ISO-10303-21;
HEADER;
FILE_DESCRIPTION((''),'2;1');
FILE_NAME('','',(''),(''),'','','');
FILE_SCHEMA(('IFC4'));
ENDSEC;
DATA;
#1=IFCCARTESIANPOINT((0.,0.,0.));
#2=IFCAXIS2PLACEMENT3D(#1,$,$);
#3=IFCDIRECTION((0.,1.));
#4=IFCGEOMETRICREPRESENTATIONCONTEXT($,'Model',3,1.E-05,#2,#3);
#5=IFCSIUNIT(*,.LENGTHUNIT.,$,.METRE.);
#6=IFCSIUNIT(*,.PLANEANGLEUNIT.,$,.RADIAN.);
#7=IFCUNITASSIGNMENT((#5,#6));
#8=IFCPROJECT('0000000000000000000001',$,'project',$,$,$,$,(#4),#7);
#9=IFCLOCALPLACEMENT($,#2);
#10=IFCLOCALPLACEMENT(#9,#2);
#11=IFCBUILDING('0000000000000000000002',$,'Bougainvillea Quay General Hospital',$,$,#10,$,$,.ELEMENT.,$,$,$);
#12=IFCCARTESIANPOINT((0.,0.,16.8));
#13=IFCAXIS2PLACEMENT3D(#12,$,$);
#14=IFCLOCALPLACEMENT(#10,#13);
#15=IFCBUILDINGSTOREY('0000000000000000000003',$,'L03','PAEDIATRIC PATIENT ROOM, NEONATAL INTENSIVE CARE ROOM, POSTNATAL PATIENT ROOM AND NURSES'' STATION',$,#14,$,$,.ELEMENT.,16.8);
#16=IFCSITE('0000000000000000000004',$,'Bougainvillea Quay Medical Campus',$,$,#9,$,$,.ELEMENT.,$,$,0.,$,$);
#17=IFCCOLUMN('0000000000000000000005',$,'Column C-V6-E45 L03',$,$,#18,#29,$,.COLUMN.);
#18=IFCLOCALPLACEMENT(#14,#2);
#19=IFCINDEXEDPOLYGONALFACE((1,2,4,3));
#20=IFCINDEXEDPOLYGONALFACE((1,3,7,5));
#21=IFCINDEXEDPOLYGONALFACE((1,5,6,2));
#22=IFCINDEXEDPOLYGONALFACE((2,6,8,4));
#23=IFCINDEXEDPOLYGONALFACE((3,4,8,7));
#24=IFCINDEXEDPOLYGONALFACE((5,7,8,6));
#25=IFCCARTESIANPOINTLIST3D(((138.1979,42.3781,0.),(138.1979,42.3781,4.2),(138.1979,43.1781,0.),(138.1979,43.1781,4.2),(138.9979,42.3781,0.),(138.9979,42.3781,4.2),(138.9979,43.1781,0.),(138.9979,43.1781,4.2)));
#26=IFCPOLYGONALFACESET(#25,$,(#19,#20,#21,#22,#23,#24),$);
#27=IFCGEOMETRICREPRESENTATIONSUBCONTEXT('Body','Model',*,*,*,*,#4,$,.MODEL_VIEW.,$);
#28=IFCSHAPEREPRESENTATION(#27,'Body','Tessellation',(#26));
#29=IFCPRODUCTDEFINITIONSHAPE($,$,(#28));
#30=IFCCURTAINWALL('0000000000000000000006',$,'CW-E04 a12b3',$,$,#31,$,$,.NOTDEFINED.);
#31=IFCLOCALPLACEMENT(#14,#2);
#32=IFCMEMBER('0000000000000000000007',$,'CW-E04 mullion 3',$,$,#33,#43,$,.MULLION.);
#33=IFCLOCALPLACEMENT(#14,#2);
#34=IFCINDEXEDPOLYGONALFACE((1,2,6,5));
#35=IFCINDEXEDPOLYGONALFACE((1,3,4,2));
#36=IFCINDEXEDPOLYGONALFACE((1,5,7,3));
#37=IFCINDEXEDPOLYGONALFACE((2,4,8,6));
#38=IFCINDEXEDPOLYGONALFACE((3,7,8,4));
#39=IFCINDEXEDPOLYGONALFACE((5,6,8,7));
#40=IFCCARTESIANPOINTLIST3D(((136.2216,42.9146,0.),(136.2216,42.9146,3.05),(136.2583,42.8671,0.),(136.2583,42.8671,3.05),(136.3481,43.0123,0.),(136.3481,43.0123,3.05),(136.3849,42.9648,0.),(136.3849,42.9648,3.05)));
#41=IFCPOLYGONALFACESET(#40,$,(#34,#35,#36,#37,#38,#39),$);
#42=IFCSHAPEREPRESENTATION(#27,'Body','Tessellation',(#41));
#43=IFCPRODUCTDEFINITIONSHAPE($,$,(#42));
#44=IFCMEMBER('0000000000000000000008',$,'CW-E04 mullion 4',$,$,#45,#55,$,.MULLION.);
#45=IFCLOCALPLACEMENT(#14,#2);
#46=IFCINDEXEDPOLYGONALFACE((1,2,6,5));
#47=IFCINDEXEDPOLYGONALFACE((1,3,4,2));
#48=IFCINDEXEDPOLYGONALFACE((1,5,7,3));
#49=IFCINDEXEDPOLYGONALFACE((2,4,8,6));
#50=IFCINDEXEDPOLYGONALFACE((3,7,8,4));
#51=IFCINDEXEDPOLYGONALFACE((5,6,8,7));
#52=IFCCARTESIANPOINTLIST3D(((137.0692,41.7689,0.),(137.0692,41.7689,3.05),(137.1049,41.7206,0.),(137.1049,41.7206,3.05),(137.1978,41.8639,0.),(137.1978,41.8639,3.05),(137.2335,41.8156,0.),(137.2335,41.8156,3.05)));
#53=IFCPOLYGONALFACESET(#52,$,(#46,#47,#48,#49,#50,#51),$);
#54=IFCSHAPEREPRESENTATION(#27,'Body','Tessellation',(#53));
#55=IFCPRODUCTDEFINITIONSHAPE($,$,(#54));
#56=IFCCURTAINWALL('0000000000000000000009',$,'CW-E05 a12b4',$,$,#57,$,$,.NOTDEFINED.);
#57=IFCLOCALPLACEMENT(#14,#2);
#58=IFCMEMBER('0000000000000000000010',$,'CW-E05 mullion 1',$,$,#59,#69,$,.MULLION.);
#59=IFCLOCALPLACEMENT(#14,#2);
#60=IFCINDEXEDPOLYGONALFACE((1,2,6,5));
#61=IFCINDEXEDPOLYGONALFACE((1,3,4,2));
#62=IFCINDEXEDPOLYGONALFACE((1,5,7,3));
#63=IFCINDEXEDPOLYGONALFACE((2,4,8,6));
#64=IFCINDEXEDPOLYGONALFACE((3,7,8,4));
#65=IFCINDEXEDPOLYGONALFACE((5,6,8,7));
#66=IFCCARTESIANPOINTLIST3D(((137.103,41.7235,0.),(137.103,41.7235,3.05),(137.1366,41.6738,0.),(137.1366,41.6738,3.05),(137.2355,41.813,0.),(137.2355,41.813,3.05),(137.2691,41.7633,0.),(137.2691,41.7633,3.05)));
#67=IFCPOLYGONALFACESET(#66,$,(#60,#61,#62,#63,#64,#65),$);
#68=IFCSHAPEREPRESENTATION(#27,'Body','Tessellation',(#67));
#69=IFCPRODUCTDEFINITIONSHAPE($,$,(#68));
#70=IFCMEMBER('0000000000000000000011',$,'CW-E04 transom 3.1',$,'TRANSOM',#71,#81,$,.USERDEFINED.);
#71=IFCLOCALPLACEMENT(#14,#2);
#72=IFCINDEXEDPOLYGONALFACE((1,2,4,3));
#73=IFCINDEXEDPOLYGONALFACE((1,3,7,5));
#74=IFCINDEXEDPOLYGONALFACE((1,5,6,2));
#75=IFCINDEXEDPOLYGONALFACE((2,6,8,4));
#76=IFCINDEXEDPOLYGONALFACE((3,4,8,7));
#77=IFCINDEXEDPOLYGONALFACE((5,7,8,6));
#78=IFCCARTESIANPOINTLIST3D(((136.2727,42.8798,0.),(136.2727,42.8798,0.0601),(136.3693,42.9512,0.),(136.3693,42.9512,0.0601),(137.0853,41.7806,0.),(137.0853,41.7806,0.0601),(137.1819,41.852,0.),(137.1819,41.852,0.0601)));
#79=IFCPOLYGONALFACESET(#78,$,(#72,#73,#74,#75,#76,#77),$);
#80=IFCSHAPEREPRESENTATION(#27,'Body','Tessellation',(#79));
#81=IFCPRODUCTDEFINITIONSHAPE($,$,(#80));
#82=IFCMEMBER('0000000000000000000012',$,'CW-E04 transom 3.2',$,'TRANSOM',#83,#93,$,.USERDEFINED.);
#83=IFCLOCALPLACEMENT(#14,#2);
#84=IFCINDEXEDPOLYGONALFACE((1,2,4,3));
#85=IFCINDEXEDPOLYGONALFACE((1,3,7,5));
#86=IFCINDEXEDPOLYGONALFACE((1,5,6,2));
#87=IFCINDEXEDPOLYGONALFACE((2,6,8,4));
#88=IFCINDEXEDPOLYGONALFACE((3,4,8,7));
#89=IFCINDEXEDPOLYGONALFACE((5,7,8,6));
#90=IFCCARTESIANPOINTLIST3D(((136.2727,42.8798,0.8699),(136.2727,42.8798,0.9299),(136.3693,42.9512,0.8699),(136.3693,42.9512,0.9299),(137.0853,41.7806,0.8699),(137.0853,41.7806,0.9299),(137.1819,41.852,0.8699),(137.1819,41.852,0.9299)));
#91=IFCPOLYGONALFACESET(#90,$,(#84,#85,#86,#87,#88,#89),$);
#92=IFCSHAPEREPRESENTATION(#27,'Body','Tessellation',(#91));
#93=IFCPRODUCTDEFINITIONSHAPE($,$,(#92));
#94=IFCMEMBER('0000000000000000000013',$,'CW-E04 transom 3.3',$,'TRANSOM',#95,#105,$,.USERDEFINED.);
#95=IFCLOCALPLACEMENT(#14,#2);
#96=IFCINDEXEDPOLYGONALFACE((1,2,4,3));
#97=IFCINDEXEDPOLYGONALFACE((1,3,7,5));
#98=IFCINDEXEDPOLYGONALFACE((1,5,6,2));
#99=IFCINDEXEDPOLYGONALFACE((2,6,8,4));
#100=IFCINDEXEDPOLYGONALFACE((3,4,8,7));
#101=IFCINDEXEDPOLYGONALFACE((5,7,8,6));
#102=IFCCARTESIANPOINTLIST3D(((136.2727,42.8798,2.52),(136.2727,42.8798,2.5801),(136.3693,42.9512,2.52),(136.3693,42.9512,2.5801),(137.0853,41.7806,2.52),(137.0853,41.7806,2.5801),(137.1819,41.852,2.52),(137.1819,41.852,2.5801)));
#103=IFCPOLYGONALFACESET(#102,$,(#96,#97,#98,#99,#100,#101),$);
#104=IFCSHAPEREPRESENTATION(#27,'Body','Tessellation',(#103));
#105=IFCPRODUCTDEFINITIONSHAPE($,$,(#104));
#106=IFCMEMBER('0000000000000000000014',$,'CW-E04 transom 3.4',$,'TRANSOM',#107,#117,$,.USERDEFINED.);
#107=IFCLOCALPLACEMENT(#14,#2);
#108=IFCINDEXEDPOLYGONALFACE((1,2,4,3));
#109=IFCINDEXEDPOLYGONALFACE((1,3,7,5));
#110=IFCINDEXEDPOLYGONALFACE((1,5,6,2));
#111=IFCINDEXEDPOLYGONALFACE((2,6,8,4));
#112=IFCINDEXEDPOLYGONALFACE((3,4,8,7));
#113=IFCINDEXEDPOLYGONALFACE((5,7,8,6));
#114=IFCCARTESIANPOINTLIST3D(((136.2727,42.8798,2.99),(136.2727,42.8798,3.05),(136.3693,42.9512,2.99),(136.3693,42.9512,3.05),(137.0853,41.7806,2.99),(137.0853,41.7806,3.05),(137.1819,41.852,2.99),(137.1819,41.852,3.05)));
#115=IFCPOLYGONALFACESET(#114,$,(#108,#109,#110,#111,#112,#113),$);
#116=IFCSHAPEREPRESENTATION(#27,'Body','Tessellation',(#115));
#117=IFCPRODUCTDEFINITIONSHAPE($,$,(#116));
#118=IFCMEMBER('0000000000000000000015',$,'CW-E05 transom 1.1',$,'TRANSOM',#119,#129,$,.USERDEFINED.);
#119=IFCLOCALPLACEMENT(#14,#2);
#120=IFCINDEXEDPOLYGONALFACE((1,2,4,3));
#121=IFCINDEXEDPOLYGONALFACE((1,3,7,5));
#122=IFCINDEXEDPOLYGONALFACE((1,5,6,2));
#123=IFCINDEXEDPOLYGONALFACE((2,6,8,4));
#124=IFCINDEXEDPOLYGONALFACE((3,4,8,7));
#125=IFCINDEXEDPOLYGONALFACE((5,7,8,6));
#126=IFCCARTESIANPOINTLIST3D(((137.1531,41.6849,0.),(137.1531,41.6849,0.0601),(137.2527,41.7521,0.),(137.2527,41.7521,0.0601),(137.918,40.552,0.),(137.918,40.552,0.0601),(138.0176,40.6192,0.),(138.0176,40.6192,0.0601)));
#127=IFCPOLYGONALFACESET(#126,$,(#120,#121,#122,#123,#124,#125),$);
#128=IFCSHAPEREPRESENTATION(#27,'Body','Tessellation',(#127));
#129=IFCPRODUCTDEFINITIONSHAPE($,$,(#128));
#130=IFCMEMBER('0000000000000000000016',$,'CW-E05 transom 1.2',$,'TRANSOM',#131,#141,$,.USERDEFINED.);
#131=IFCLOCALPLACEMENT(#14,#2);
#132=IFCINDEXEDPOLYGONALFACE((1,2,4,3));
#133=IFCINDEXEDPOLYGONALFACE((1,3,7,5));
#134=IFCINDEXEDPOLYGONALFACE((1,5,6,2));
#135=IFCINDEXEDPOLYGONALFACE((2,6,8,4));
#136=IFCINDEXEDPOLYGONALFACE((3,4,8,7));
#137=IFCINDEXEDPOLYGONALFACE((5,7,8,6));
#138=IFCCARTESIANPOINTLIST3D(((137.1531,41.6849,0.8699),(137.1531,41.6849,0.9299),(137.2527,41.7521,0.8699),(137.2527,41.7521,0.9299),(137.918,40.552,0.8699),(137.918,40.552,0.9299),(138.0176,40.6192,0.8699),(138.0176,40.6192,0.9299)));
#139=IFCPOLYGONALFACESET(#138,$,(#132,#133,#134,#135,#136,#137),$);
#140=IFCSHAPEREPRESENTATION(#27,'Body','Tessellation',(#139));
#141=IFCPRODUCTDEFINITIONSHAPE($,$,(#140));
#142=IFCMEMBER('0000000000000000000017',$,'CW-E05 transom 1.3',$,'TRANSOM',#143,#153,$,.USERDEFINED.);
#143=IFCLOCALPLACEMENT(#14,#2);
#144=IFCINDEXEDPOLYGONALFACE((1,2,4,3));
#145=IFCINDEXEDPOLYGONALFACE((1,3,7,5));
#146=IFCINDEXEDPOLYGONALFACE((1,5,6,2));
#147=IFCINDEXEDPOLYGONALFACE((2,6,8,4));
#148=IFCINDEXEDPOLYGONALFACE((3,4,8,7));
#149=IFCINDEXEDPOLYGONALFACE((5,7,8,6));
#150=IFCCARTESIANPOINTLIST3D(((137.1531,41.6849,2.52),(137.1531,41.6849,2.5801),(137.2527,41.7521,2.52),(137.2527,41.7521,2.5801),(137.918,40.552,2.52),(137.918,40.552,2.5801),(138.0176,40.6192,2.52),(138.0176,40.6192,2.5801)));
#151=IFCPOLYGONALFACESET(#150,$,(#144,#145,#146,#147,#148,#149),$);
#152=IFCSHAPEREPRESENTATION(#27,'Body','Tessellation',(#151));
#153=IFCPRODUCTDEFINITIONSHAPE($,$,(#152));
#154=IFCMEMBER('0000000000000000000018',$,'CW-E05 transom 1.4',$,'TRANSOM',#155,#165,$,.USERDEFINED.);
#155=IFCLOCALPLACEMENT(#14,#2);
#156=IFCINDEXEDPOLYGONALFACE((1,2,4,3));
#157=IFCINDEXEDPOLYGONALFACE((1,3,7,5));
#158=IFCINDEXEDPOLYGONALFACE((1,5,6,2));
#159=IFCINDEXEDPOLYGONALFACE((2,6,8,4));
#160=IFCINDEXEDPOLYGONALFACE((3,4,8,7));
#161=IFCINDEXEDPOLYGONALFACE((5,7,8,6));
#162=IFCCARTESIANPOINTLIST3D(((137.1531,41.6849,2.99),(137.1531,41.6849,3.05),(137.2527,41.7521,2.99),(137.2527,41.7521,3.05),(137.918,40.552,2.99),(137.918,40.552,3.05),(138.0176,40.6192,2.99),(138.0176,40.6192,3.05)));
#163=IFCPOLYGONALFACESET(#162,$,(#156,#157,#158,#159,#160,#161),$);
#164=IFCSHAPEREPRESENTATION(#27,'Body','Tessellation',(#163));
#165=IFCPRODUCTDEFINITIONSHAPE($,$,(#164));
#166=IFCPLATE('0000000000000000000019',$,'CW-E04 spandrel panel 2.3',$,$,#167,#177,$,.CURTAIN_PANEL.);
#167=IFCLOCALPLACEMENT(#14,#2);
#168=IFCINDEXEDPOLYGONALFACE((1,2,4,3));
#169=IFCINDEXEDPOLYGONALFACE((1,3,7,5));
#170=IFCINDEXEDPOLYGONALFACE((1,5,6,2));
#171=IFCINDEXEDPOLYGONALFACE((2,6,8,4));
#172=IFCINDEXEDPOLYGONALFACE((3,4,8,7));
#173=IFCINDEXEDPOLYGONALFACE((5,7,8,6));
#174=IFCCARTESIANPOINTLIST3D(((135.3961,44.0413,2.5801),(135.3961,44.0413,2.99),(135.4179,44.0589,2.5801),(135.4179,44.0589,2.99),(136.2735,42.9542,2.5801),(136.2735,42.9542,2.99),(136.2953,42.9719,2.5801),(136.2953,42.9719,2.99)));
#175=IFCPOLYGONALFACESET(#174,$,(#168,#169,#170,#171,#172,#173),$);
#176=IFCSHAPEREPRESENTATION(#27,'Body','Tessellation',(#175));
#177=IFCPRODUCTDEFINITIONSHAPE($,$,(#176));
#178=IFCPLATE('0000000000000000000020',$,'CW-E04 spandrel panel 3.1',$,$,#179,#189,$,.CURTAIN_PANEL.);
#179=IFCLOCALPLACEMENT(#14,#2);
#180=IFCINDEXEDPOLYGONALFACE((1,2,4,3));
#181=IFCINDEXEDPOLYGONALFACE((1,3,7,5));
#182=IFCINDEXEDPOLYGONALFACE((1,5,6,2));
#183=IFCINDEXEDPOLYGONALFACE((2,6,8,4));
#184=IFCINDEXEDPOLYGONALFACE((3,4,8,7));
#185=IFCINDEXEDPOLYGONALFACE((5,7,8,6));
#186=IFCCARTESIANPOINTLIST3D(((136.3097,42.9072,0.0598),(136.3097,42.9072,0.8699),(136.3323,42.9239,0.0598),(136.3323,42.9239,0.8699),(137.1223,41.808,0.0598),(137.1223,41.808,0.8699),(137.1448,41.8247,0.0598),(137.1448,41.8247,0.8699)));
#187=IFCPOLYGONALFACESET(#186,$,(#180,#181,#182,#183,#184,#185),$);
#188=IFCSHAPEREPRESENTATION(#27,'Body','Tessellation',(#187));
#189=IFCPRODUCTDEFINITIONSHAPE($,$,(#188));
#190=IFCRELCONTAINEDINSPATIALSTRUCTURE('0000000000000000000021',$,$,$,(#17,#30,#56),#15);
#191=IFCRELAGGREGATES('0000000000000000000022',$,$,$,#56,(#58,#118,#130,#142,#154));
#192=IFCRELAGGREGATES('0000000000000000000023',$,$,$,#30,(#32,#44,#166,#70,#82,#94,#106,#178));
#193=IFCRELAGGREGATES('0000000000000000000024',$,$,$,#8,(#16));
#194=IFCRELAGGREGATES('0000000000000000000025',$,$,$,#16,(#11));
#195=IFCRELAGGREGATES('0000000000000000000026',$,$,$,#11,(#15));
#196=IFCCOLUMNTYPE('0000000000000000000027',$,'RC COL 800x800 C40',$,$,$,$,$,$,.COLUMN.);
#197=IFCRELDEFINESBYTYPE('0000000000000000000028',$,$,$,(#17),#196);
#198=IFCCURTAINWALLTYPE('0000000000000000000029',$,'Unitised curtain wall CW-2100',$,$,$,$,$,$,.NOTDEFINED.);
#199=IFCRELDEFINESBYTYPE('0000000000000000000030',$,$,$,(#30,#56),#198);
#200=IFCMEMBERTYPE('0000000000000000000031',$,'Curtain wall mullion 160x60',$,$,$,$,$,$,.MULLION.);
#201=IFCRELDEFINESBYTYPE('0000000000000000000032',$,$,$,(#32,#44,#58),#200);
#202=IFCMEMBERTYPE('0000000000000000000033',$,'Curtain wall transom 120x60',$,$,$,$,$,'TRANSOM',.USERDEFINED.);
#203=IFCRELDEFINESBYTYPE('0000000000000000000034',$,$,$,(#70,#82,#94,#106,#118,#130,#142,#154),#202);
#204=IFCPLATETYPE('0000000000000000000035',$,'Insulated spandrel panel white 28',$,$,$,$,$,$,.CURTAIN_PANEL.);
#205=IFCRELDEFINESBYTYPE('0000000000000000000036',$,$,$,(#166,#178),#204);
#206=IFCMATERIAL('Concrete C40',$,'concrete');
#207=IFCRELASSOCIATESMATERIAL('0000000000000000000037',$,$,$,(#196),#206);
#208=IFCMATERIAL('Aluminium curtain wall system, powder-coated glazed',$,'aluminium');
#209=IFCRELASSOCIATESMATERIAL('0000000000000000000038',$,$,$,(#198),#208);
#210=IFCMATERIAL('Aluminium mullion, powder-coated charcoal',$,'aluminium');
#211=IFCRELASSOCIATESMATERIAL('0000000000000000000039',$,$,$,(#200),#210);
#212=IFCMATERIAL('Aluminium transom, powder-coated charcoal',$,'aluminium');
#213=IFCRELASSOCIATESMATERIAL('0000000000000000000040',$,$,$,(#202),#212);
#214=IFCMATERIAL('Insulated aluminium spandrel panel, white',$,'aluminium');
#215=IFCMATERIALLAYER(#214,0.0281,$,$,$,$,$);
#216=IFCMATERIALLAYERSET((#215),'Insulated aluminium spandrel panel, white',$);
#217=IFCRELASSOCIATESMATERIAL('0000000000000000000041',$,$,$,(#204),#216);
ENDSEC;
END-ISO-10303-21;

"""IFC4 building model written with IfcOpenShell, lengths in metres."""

from ifc_helpers import new_model, si_unit, direction, frame, origin, origin_2d, place, context, subcontext, project, spatial, rectangle, extrude, material, layer, layer_set, material_profile, profile_set, type_object, element, aggregate, save


model = new_model("IFC4")

# Units and contexts
model_context = context("Model", 3, precision=1e-05, world=origin(), true_north=direction((0.0, 1.0)))
body_context = subcontext(model_context, "Body", "Model", "MODEL_VIEW")
ifc_project = project(units=[si_unit("LENGTHUNIT", "METRE"), si_unit("PLANEANGLEUNIT", "RADIAN")], contexts=[model_context])

# Site, building, storey
site_placement = place(None, origin())
site = spatial("IfcSite", under=ifc_project, at=site_placement, Name="Bougainvillea Quay Medical Campus", CompositionType="ELEMENT", RefElevation=0.0)
building_placement = place(site_placement, origin())
building = spatial("IfcBuilding", under=site, at=building_placement, Name="Bougainvillea Quay General Hospital", CompositionType="ELEMENT")
storey_placement = place(building_placement, frame((0.0, 0.0, 16.8)))
storey = spatial("IfcBuildingStorey", under=building, at=storey_placement, Name="L03", Description="PAEDIATRIC PATIENT ROOM, NEONATAL INTENSIVE CARE ROOM, POSTNATAL PATIENT ROOM AND NURSES' STATION", CompositionType="ELEMENT", Elevation=16.8)

# Column
ifc_material_1 = material(Name="Concrete C40", Category="concrete")
ifc_material_profile_1 = material_profile(ifc_material_1, rectangle(XDim=0.8, YDim=0.8, at=origin_2d()))
ifc_profile_set_1 = profile_set([ifc_material_profile_1], Name="Concrete C40")
column_type = type_object("IfcColumnType", Name="RC COL 800x800 C40", PredefinedType="COLUMN", material=ifc_profile_set_1)
column_placement = place(storey_placement, frame((138.5979, 42.7781, 0.0), z_axis=(0.0, 0.0, 1.0), x_axis=(1.0, 0.0, 0.0)))
element("IfcColumn", 1, at=column_placement, inside=storey, type_object=column_type, Name="Column C-V6-E45 L03", PredefinedType="COLUMN", context=body_context, shape_type="SweptSolid", body=[
    extrude(rectangle(XDim=0.8, YDim=0.8, at=origin_2d()), origin(), (0.0, 0.0, 1.0), 4.2),
])

# Curtain wall, members
ifc_material_2 = material(Name="Aluminium curtain wall system, powder-coated glazed", Category="aluminium")
curtain_wall_type = type_object("IfcCurtainWallType", Name="Unitised curtain wall CW-2100", PredefinedType="NOTDEFINED", material=ifc_material_2)
curtain_wall_1_placement = place(storey_placement, origin())
curtain_wall_1 = element("IfcCurtainWall", 2, at=curtain_wall_1_placement, inside=storey, type_object=curtain_wall_type, Name="CW-E04 a12b3", PredefinedType="NOTDEFINED")
ifc_material_3 = material(Name="Aluminium mullion, powder-coated charcoal", Category="aluminium")
ifc_material_profile_2 = material_profile(ifc_material_3, rectangle(XDim=0.1599, YDim=0.0601, at=origin_2d()))
ifc_profile_set_2 = profile_set([ifc_material_profile_2], Name="Aluminium mullion, powder-coated charcoal")
member_type_1 = type_object("IfcMemberType", Name="Curtain wall mullion 160x60", PredefinedType="MULLION", material=ifc_profile_set_2)
member_1_placement = place(storey_placement, frame((136.3032, 42.9397, 0.0), z_axis=(0.0, 0.0, 1.0), x_axis=(0.791337, 0.61138, 0.0)))
member_1 = element("IfcMember", 3, at=member_1_placement, type_object=member_type_1, Name="CW-E04 mullion 3", PredefinedType="MULLION", context=body_context, shape_type="SweptSolid", body=[
    extrude(rectangle(XDim=0.1599, YDim=0.0601, at=origin_2d()), origin(), (0.0, 0.0, 1.0), 3.05),
])
member_2_placement = place(storey_placement, frame((137.1514, 41.7922, 0.0), z_axis=(0.0, 0.0, 1.0), x_axis=(0.804161, 0.594411, 0.0)))
member_2 = element("IfcMember", 4, at=member_2_placement, type_object=member_type_1, Name="CW-E04 mullion 4", PredefinedType="MULLION", context=body_context, shape_type="SweptSolid", body=[
    extrude(rectangle(XDim=0.1599, YDim=0.0601, at=origin_2d()), origin(), (0.0, 0.0, 1.0), 3.05),
])

# Curtain wall, member
curtain_wall_2_placement = place(storey_placement, origin())
curtain_wall_2 = element("IfcCurtainWall", 5, at=curtain_wall_2_placement, inside=storey, type_object=curtain_wall_type, Name="CW-E05 a12b4", PredefinedType="NOTDEFINED")
member_3_placement = place(storey_placement, frame((137.186, 41.7434, 0.0), z_axis=(0.0, 0.0, 1.0), x_axis=(0.828712, 0.559675, 0.0)))
member_3 = element("IfcMember", 6, at=member_3_placement, type_object=member_type_1, Name="CW-E05 mullion 1", PredefinedType="MULLION", context=body_context, shape_type="SweptSolid", body=[
    extrude(rectangle(XDim=0.1599, YDim=0.0601, at=origin_2d()), origin(), (0.0, 0.0, 1.0), 3.05),
])

# Members
ifc_material_4 = material(Name="Aluminium transom, powder-coated charcoal", Category="aluminium")
ifc_material_profile_3 = material_profile(ifc_material_4, rectangle(XDim=0.1201, YDim=0.0601, at=origin_2d()))
ifc_profile_set_3 = profile_set([ifc_material_profile_3], Name="Aluminium transom, powder-coated charcoal")
member_type_2 = type_object("IfcMemberType", Name="Curtain wall transom 120x60", ElementType="TRANSOM", PredefinedType="USERDEFINED", material=ifc_profile_set_3)
member_4_placement = place(storey_placement, frame((136.321, 42.9155, 0.03), z_axis=(0.594441, -0.804139, 0.0), x_axis=(0.804139, 0.594441, 0.0)))
member_4 = element("IfcMember", 7, at=member_4_placement, type_object=member_type_2, Name="CW-E04 transom 3.1", ObjectType="TRANSOM", PredefinedType="USERDEFINED", context=body_context, shape_type="SweptSolid", body=[
    extrude(rectangle(XDim=0.1201, YDim=0.0601, at=origin_2d()), origin(), (0.0, 0.0, 1.0), 1.3669),
])
member_5_placement = place(storey_placement, frame((136.321, 42.9155, 0.8999), z_axis=(0.594441, -0.804139, 0.0), x_axis=(0.804139, 0.594441, 0.0)))
member_5 = element("IfcMember", 8, at=member_5_placement, type_object=member_type_2, Name="CW-E04 transom 3.2", ObjectType="TRANSOM", PredefinedType="USERDEFINED", context=body_context, shape_type="SweptSolid", body=[
    extrude(rectangle(XDim=0.1201, YDim=0.0601, at=origin_2d()), origin(), (0.0, 0.0, 1.0), 1.3669),
])
member_6_placement = place(storey_placement, frame((136.321, 42.9155, 2.55), z_axis=(0.594441, -0.804139, 0.0), x_axis=(0.804139, 0.594441, 0.0)))
member_6 = element("IfcMember", 9, at=member_6_placement, type_object=member_type_2, Name="CW-E04 transom 3.3", ObjectType="TRANSOM", PredefinedType="USERDEFINED", context=body_context, shape_type="SweptSolid", body=[
    extrude(rectangle(XDim=0.1201, YDim=0.0601, at=origin_2d()), origin(), (0.0, 0.0, 1.0), 1.3669),
])
member_7_placement = place(storey_placement, frame((136.321, 42.9155, 3.02), z_axis=(0.594441, -0.804139, 0.0), x_axis=(0.804139, 0.594441, 0.0)))
member_7 = element("IfcMember", 10, at=member_7_placement, type_object=member_type_2, Name="CW-E04 transom 3.4", ObjectType="TRANSOM", PredefinedType="USERDEFINED", context=body_context, shape_type="SweptSolid", body=[
    extrude(rectangle(XDim=0.1201, YDim=0.0601, at=origin_2d()), origin(), (0.0, 0.0, 1.0), 1.3669),
])
member_8_placement = place(storey_placement, frame((137.2029, 41.7185, 0.03), z_axis=(0.559596, -0.828766, 0.0), x_axis=(0.828766, 0.559596, 0.0)))
member_8 = element("IfcMember", 11, at=member_8_placement, type_object=member_type_2, Name="CW-E05 transom 1.1", ObjectType="TRANSOM", PredefinedType="USERDEFINED", context=body_context, shape_type="SweptSolid", body=[
    extrude(rectangle(XDim=0.1201, YDim=0.0601, at=origin_2d()), origin(), (0.0, 0.0, 1.0), 1.3669),
])
member_9_placement = place(storey_placement, frame((137.2029, 41.7185, 0.8999), z_axis=(0.559596, -0.828766, 0.0), x_axis=(0.828766, 0.559596, 0.0)))
member_9 = element("IfcMember", 12, at=member_9_placement, type_object=member_type_2, Name="CW-E05 transom 1.2", ObjectType="TRANSOM", PredefinedType="USERDEFINED", context=body_context, shape_type="SweptSolid", body=[
    extrude(rectangle(XDim=0.1201, YDim=0.0601, at=origin_2d()), origin(), (0.0, 0.0, 1.0), 1.3669),
])
member_10_placement = place(storey_placement, frame((137.2029, 41.7185, 2.55), z_axis=(0.559596, -0.828766, 0.0), x_axis=(0.828766, 0.559596, 0.0)))
member_10 = element("IfcMember", 13, at=member_10_placement, type_object=member_type_2, Name="CW-E05 transom 1.3", ObjectType="TRANSOM", PredefinedType="USERDEFINED", context=body_context, shape_type="SweptSolid", body=[
    extrude(rectangle(XDim=0.1201, YDim=0.0601, at=origin_2d()), origin(), (0.0, 0.0, 1.0), 1.3669),
])
member_11_placement = place(storey_placement, frame((137.2029, 41.7185, 3.02), z_axis=(0.559596, -0.828766, 0.0), x_axis=(0.828766, 0.559596, 0.0)))
member_11 = element("IfcMember", 14, at=member_11_placement, type_object=member_type_2, Name="CW-E05 transom 1.4", ObjectType="TRANSOM", PredefinedType="USERDEFINED", context=body_context, shape_type="SweptSolid", body=[
    extrude(rectangle(XDim=0.1201, YDim=0.0601, at=origin_2d()), origin(), (0.0, 0.0, 1.0), 1.3669),
])
aggregate(curtain_wall_2, [member_3, member_8, member_9, member_10, member_11])

# Plates
ifc_material_5 = material(Name="Insulated aluminium spandrel panel, white", Category="aluminium")
ifc_layer_1 = layer(ifc_material_5, 0.0281)
ifc_layer_set_1 = layer_set([ifc_layer_1], Name="Insulated aluminium spandrel panel, white")
plate_type_1 = type_object("IfcPlateType", Name="Insulated spandrel panel white 28", PredefinedType="CURTAIN_PANEL", material=ifc_layer_set_1)
plate_1_placement = place(storey_placement, frame((135.8457, 43.5066, 2.5801), z_axis=(0.0, 0.0, 1.0), x_axis=(0.628072, -0.778155, 0.0)))
plate_1 = element("IfcPlate", 15, at=plate_1_placement, type_object=plate_type_1, Name="CW-E04 spandrel panel 2.3", PredefinedType="CURTAIN_PANEL", context=body_context, shape_type="SweptSolid", body=[
    extrude(rectangle(XDim=1.397, YDim=0.0281, at=origin_2d()), origin(), (0.0, 0.0, 1.0), 0.4099),
])
plate_2_placement = place(storey_placement, frame((136.7273, 42.366, 0.0598), z_axis=(0.0, 0.0, 1.0), x_axis=(0.594411, -0.804161, 0.0)))
plate_2 = element("IfcPlate", 16, at=plate_2_placement, type_object=plate_type_1, Name="CW-E04 spandrel panel 3.1", PredefinedType="CURTAIN_PANEL", context=body_context, shape_type="SweptSolid", body=[
    extrude(rectangle(XDim=1.3669, YDim=0.0281, at=origin_2d()), origin(), (0.0, 0.0, 1.0), 0.8101),
])
aggregate(curtain_wall_1, [member_1, member_2, plate_1, member_4, member_5, member_6, member_7, plate_2])

save(model, "model.ifc")
